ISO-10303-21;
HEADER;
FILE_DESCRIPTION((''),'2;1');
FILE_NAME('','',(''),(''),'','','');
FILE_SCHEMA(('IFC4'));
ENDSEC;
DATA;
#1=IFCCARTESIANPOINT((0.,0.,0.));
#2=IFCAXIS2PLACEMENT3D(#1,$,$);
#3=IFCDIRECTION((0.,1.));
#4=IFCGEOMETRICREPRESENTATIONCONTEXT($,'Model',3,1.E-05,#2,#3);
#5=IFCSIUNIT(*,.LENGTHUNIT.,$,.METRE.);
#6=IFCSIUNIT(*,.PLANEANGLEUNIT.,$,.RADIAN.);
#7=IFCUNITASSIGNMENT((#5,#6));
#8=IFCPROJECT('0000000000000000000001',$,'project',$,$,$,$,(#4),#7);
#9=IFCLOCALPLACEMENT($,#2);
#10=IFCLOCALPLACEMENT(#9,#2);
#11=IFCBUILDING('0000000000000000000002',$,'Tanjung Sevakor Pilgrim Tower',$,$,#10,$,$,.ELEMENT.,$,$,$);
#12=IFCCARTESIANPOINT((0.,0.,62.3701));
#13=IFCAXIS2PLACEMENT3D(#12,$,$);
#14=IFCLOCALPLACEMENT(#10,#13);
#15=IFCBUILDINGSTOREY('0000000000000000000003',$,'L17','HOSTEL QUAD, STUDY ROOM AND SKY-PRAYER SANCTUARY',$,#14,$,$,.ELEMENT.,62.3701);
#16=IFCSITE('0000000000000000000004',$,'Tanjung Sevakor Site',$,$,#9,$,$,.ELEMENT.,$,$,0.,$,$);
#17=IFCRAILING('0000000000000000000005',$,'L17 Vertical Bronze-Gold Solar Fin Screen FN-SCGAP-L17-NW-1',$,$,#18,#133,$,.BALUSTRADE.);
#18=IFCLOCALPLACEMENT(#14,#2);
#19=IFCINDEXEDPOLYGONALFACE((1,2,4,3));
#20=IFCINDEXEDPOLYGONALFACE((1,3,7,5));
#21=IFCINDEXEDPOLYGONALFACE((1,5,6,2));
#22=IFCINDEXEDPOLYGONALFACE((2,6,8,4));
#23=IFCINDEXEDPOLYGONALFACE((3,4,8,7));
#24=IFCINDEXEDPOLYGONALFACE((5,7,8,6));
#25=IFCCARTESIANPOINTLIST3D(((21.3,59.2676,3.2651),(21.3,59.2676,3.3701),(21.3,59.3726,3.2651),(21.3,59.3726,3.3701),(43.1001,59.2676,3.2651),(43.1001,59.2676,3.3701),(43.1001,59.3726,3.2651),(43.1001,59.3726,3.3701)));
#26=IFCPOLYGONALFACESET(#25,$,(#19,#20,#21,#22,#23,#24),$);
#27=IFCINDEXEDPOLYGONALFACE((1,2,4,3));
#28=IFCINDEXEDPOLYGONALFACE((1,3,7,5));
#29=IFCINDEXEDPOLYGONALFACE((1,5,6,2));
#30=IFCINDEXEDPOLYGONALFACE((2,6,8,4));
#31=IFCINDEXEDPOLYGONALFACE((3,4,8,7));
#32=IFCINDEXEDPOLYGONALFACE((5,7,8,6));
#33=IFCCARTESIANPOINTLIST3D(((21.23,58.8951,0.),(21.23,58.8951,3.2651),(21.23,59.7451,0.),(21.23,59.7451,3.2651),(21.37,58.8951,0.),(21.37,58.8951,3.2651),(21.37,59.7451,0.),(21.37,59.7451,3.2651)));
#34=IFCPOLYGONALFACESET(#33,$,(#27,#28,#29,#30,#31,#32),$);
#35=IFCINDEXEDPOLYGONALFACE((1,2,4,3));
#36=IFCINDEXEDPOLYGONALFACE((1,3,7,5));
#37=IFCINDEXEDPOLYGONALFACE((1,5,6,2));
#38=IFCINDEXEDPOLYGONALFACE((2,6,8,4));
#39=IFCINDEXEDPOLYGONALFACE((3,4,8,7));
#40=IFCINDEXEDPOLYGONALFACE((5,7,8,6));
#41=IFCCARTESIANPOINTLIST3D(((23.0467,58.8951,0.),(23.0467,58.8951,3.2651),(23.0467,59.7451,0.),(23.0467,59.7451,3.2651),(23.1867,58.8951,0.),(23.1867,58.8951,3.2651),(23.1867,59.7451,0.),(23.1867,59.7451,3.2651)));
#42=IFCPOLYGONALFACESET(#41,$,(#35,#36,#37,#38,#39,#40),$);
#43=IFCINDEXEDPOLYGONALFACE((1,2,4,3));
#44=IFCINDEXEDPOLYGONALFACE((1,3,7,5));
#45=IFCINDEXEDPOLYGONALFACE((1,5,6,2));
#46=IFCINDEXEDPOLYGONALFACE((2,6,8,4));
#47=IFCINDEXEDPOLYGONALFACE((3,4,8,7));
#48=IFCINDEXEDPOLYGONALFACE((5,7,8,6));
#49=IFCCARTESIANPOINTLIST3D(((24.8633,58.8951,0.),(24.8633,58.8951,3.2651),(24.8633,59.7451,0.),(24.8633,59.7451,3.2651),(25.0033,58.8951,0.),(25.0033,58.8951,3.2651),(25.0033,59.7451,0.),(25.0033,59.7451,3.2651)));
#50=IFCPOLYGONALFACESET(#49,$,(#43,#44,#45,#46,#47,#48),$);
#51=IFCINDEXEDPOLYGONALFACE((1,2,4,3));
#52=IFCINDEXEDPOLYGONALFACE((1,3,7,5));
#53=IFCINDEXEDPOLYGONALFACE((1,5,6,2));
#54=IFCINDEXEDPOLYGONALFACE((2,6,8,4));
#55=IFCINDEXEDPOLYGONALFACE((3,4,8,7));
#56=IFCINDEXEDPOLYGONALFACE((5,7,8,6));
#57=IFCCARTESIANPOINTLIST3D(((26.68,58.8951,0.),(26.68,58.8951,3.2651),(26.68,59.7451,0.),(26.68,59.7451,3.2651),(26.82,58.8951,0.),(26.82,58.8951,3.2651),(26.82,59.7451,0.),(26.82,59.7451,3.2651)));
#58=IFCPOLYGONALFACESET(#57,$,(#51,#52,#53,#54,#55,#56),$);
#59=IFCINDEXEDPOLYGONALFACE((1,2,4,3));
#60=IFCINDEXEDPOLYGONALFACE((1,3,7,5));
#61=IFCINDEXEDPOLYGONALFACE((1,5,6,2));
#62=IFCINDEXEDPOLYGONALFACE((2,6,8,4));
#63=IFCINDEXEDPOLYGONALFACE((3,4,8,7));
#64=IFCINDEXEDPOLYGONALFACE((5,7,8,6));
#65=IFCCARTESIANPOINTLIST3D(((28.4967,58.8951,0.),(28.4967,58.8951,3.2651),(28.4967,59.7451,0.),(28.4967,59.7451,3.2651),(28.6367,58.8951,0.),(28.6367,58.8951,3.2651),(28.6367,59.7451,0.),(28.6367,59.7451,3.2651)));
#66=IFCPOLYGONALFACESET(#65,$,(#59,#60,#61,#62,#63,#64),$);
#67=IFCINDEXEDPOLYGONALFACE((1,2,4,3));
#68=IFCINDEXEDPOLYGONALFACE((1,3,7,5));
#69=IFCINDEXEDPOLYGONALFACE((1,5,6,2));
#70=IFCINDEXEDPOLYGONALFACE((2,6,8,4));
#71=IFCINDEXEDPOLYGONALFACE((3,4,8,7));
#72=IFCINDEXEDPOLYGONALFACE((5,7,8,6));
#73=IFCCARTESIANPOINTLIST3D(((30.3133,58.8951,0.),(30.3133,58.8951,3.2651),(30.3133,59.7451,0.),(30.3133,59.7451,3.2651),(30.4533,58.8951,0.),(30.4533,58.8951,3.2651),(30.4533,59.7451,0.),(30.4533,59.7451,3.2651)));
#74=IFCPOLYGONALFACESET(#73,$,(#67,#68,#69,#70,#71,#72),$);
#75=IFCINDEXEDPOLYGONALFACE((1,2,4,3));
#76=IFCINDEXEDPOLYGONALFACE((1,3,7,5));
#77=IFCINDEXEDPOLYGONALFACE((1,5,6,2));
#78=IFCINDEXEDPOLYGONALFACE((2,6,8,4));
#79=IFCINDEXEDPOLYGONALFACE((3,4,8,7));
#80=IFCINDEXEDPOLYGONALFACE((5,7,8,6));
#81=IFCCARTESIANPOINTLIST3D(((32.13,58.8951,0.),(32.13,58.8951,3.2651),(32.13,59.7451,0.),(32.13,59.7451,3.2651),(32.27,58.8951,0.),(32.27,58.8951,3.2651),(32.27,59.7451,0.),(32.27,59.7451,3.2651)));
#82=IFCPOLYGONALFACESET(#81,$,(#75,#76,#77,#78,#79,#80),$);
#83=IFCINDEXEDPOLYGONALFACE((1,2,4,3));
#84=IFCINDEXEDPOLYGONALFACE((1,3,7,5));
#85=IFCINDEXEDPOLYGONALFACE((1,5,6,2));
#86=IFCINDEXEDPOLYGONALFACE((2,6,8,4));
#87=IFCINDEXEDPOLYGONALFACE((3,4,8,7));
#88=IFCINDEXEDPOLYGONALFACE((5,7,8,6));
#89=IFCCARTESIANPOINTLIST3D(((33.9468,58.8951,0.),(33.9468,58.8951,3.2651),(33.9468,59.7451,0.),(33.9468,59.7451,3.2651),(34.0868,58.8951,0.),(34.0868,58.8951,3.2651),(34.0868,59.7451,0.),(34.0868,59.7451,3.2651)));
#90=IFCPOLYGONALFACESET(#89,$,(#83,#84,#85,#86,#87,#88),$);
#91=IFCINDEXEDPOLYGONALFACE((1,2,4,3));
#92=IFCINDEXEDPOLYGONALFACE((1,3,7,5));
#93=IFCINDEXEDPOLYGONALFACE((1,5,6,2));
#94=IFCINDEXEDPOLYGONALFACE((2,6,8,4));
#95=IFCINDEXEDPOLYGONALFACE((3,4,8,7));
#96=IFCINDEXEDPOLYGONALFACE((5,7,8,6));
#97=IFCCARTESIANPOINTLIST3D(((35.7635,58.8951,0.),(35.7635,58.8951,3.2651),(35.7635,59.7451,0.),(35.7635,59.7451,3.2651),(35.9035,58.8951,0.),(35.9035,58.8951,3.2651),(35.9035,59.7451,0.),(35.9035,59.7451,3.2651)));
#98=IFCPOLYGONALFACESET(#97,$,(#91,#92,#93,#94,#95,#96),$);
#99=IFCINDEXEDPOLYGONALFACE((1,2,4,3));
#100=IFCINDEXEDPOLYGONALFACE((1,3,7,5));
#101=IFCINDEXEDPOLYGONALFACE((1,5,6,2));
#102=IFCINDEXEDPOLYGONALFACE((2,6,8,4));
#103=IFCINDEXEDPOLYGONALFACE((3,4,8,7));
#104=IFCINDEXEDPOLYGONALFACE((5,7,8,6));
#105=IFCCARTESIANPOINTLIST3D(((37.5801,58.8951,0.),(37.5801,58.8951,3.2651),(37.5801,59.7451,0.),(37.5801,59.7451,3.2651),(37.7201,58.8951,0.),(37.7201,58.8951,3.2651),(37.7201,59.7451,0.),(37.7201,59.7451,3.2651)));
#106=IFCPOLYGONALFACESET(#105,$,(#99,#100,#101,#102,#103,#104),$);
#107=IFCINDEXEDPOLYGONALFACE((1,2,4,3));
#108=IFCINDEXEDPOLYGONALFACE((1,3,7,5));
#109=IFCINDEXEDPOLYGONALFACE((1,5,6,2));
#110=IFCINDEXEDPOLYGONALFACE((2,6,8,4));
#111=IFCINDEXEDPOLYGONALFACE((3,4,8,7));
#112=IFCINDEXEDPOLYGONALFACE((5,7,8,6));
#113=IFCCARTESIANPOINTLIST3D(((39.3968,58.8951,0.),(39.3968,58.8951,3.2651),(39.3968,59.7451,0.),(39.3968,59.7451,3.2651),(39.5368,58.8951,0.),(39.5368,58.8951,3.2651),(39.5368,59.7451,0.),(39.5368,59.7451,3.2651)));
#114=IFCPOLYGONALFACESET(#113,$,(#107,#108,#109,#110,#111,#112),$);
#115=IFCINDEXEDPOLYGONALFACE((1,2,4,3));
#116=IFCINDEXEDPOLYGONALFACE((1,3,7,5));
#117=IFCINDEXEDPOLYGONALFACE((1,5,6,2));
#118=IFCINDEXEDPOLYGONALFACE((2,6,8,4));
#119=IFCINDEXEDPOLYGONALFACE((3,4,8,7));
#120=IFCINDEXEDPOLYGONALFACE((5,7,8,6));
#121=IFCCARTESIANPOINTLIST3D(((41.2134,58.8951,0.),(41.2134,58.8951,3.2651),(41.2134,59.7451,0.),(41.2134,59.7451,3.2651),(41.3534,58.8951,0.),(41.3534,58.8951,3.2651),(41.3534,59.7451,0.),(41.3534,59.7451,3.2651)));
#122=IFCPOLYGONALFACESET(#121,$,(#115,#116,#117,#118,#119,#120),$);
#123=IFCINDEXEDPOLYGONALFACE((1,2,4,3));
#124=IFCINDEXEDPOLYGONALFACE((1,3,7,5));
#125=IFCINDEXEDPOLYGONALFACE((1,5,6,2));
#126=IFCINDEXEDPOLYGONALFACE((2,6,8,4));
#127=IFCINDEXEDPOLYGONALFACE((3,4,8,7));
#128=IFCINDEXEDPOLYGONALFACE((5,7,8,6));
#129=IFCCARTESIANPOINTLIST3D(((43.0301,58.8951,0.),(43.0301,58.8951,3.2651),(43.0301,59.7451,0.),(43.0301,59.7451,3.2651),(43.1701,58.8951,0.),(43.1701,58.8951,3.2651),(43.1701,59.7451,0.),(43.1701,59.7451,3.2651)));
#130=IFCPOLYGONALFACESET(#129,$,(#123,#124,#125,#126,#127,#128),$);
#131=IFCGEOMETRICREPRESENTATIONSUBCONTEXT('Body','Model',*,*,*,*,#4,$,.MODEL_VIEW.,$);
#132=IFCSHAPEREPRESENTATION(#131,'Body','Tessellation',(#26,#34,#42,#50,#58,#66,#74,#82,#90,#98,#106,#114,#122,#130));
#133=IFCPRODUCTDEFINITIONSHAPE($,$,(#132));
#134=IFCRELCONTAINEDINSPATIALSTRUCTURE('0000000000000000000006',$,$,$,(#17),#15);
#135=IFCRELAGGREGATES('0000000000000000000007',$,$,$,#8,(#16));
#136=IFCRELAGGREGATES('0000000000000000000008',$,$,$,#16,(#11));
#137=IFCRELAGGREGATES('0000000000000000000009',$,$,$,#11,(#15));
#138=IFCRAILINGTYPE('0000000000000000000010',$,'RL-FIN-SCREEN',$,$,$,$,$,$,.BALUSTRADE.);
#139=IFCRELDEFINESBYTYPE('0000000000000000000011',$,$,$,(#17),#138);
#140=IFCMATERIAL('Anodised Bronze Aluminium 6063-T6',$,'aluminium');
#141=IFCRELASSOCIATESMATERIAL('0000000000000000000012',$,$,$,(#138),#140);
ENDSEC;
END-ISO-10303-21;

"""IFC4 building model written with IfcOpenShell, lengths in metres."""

from ifc_helpers import new_model, si_unit, direction, frame, origin, place, context, subcontext, project, spatial, rectangle, extrude, material, type_object, element, save


model = new_model("IFC4")

# Units and contexts
model_context = context("Model", 3, precision=1e-05, world=origin(), true_north=direction((0.0, 1.0)))
body_context = subcontext(model_context, "Body", "Model", "MODEL_VIEW")
ifc_project = project(units=[si_unit("LENGTHUNIT", "METRE"), si_unit("PLANEANGLEUNIT", "RADIAN")], contexts=[model_context])

# Site, building, storey
site_placement = place(None, origin())
site = spatial("IfcSite", under=ifc_project, at=site_placement, Name="Tanjung Sevakor Site", CompositionType="ELEMENT", RefElevation=0.0)
building_placement = place(site_placement, origin())
building = spatial("IfcBuilding", under=site, at=building_placement, Name="Tanjung Sevakor Pilgrim Tower", CompositionType="ELEMENT")
storey_placement = place(building_placement, frame((0.0, 0.0, 62.3701)))
storey = spatial("IfcBuildingStorey", under=building, at=storey_placement, Name="L17", Description="HOSTEL QUAD, STUDY ROOM AND SKY-PRAYER SANCTUARY", CompositionType="ELEMENT", Elevation=62.3701)

# Railing
ifc_material_1 = material(Name="Anodised Bronze Aluminium 6063-T6", Category="aluminium")
railing_type = type_object("IfcRailingType", Name="RL-FIN-SCREEN", PredefinedType="BALUSTRADE", material=ifc_material_1)
railing_1_placement = place(storey_placement, frame((21.3, 59.3201, 0.0)))
element("IfcRailing", 1, at=railing_1_placement, inside=storey, type_object=railing_type, Name="L17 Vertical Bronze-Gold Solar Fin Screen FN-SCGAP-L17-NW-1", PredefinedType="BALUSTRADE", context=body_context, shape_type="SweptSolid", body=[
    extrude(rectangle(XDim=0.105, YDim=0.105), frame((0.0, 0.0, 3.3176), z_axis=(1.0, 0.0, 0.0), x_axis=(0.0, 1.0, 0.0)), (0.0, 0.0, 1.0), 21.8),
    extrude(rectangle(XDim=0.14, YDim=0.85), origin(), (0.0, 0.0, 1.0), 3.2651),
    extrude(rectangle(XDim=0.14, YDim=0.85), frame((1.8167, 0.0, 0.0)), (0.0, 0.0, 1.0), 3.2651),
    extrude(rectangle(XDim=0.14, YDim=0.85), frame((3.6333, 0.0, 0.0)), (0.0, 0.0, 1.0), 3.2651),
    extrude(rectangle(XDim=0.14, YDim=0.85), frame((5.45, 0.0, 0.0)), (0.0, 0.0, 1.0), 3.2651),
    extrude(rectangle(XDim=0.14, YDim=0.85), frame((7.2666, 0.0, 0.0)), (0.0, 0.0, 1.0), 3.2651),
    extrude(rectangle(XDim=0.14, YDim=0.85), frame((9.0833, 0.0, 0.0)), (0.0, 0.0, 1.0), 3.2651),
    extrude(rectangle(XDim=0.14, YDim=0.85), frame((10.8999, 0.0, 0.0)), (0.0, 0.0, 1.0), 3.2651),
    extrude(rectangle(XDim=0.14, YDim=0.85), frame((12.7168, 0.0, 0.0)), (0.0, 0.0, 1.0), 3.2651),
    extrude(rectangle(XDim=0.14, YDim=0.85), frame((14.5334, 0.0, 0.0)), (0.0, 0.0, 1.0), 3.2651),
    extrude(rectangle(XDim=0.14, YDim=0.85), frame((16.3501, 0.0, 0.0)), (0.0, 0.0, 1.0), 3.2651),
    extrude(rectangle(XDim=0.14, YDim=0.85), frame((18.1667, 0.0, 0.0)), (0.0, 0.0, 1.0), 3.2651),
    extrude(rectangle(XDim=0.14, YDim=0.85), frame((19.9834, 0.0, 0.0)), (0.0, 0.0, 1.0), 3.2651),
    extrude(rectangle(XDim=0.14, YDim=0.85), frame((21.8, 0.0, 0.0)), (0.0, 0.0, 1.0), 3.2651),
])

save(model, "model.ifc")
